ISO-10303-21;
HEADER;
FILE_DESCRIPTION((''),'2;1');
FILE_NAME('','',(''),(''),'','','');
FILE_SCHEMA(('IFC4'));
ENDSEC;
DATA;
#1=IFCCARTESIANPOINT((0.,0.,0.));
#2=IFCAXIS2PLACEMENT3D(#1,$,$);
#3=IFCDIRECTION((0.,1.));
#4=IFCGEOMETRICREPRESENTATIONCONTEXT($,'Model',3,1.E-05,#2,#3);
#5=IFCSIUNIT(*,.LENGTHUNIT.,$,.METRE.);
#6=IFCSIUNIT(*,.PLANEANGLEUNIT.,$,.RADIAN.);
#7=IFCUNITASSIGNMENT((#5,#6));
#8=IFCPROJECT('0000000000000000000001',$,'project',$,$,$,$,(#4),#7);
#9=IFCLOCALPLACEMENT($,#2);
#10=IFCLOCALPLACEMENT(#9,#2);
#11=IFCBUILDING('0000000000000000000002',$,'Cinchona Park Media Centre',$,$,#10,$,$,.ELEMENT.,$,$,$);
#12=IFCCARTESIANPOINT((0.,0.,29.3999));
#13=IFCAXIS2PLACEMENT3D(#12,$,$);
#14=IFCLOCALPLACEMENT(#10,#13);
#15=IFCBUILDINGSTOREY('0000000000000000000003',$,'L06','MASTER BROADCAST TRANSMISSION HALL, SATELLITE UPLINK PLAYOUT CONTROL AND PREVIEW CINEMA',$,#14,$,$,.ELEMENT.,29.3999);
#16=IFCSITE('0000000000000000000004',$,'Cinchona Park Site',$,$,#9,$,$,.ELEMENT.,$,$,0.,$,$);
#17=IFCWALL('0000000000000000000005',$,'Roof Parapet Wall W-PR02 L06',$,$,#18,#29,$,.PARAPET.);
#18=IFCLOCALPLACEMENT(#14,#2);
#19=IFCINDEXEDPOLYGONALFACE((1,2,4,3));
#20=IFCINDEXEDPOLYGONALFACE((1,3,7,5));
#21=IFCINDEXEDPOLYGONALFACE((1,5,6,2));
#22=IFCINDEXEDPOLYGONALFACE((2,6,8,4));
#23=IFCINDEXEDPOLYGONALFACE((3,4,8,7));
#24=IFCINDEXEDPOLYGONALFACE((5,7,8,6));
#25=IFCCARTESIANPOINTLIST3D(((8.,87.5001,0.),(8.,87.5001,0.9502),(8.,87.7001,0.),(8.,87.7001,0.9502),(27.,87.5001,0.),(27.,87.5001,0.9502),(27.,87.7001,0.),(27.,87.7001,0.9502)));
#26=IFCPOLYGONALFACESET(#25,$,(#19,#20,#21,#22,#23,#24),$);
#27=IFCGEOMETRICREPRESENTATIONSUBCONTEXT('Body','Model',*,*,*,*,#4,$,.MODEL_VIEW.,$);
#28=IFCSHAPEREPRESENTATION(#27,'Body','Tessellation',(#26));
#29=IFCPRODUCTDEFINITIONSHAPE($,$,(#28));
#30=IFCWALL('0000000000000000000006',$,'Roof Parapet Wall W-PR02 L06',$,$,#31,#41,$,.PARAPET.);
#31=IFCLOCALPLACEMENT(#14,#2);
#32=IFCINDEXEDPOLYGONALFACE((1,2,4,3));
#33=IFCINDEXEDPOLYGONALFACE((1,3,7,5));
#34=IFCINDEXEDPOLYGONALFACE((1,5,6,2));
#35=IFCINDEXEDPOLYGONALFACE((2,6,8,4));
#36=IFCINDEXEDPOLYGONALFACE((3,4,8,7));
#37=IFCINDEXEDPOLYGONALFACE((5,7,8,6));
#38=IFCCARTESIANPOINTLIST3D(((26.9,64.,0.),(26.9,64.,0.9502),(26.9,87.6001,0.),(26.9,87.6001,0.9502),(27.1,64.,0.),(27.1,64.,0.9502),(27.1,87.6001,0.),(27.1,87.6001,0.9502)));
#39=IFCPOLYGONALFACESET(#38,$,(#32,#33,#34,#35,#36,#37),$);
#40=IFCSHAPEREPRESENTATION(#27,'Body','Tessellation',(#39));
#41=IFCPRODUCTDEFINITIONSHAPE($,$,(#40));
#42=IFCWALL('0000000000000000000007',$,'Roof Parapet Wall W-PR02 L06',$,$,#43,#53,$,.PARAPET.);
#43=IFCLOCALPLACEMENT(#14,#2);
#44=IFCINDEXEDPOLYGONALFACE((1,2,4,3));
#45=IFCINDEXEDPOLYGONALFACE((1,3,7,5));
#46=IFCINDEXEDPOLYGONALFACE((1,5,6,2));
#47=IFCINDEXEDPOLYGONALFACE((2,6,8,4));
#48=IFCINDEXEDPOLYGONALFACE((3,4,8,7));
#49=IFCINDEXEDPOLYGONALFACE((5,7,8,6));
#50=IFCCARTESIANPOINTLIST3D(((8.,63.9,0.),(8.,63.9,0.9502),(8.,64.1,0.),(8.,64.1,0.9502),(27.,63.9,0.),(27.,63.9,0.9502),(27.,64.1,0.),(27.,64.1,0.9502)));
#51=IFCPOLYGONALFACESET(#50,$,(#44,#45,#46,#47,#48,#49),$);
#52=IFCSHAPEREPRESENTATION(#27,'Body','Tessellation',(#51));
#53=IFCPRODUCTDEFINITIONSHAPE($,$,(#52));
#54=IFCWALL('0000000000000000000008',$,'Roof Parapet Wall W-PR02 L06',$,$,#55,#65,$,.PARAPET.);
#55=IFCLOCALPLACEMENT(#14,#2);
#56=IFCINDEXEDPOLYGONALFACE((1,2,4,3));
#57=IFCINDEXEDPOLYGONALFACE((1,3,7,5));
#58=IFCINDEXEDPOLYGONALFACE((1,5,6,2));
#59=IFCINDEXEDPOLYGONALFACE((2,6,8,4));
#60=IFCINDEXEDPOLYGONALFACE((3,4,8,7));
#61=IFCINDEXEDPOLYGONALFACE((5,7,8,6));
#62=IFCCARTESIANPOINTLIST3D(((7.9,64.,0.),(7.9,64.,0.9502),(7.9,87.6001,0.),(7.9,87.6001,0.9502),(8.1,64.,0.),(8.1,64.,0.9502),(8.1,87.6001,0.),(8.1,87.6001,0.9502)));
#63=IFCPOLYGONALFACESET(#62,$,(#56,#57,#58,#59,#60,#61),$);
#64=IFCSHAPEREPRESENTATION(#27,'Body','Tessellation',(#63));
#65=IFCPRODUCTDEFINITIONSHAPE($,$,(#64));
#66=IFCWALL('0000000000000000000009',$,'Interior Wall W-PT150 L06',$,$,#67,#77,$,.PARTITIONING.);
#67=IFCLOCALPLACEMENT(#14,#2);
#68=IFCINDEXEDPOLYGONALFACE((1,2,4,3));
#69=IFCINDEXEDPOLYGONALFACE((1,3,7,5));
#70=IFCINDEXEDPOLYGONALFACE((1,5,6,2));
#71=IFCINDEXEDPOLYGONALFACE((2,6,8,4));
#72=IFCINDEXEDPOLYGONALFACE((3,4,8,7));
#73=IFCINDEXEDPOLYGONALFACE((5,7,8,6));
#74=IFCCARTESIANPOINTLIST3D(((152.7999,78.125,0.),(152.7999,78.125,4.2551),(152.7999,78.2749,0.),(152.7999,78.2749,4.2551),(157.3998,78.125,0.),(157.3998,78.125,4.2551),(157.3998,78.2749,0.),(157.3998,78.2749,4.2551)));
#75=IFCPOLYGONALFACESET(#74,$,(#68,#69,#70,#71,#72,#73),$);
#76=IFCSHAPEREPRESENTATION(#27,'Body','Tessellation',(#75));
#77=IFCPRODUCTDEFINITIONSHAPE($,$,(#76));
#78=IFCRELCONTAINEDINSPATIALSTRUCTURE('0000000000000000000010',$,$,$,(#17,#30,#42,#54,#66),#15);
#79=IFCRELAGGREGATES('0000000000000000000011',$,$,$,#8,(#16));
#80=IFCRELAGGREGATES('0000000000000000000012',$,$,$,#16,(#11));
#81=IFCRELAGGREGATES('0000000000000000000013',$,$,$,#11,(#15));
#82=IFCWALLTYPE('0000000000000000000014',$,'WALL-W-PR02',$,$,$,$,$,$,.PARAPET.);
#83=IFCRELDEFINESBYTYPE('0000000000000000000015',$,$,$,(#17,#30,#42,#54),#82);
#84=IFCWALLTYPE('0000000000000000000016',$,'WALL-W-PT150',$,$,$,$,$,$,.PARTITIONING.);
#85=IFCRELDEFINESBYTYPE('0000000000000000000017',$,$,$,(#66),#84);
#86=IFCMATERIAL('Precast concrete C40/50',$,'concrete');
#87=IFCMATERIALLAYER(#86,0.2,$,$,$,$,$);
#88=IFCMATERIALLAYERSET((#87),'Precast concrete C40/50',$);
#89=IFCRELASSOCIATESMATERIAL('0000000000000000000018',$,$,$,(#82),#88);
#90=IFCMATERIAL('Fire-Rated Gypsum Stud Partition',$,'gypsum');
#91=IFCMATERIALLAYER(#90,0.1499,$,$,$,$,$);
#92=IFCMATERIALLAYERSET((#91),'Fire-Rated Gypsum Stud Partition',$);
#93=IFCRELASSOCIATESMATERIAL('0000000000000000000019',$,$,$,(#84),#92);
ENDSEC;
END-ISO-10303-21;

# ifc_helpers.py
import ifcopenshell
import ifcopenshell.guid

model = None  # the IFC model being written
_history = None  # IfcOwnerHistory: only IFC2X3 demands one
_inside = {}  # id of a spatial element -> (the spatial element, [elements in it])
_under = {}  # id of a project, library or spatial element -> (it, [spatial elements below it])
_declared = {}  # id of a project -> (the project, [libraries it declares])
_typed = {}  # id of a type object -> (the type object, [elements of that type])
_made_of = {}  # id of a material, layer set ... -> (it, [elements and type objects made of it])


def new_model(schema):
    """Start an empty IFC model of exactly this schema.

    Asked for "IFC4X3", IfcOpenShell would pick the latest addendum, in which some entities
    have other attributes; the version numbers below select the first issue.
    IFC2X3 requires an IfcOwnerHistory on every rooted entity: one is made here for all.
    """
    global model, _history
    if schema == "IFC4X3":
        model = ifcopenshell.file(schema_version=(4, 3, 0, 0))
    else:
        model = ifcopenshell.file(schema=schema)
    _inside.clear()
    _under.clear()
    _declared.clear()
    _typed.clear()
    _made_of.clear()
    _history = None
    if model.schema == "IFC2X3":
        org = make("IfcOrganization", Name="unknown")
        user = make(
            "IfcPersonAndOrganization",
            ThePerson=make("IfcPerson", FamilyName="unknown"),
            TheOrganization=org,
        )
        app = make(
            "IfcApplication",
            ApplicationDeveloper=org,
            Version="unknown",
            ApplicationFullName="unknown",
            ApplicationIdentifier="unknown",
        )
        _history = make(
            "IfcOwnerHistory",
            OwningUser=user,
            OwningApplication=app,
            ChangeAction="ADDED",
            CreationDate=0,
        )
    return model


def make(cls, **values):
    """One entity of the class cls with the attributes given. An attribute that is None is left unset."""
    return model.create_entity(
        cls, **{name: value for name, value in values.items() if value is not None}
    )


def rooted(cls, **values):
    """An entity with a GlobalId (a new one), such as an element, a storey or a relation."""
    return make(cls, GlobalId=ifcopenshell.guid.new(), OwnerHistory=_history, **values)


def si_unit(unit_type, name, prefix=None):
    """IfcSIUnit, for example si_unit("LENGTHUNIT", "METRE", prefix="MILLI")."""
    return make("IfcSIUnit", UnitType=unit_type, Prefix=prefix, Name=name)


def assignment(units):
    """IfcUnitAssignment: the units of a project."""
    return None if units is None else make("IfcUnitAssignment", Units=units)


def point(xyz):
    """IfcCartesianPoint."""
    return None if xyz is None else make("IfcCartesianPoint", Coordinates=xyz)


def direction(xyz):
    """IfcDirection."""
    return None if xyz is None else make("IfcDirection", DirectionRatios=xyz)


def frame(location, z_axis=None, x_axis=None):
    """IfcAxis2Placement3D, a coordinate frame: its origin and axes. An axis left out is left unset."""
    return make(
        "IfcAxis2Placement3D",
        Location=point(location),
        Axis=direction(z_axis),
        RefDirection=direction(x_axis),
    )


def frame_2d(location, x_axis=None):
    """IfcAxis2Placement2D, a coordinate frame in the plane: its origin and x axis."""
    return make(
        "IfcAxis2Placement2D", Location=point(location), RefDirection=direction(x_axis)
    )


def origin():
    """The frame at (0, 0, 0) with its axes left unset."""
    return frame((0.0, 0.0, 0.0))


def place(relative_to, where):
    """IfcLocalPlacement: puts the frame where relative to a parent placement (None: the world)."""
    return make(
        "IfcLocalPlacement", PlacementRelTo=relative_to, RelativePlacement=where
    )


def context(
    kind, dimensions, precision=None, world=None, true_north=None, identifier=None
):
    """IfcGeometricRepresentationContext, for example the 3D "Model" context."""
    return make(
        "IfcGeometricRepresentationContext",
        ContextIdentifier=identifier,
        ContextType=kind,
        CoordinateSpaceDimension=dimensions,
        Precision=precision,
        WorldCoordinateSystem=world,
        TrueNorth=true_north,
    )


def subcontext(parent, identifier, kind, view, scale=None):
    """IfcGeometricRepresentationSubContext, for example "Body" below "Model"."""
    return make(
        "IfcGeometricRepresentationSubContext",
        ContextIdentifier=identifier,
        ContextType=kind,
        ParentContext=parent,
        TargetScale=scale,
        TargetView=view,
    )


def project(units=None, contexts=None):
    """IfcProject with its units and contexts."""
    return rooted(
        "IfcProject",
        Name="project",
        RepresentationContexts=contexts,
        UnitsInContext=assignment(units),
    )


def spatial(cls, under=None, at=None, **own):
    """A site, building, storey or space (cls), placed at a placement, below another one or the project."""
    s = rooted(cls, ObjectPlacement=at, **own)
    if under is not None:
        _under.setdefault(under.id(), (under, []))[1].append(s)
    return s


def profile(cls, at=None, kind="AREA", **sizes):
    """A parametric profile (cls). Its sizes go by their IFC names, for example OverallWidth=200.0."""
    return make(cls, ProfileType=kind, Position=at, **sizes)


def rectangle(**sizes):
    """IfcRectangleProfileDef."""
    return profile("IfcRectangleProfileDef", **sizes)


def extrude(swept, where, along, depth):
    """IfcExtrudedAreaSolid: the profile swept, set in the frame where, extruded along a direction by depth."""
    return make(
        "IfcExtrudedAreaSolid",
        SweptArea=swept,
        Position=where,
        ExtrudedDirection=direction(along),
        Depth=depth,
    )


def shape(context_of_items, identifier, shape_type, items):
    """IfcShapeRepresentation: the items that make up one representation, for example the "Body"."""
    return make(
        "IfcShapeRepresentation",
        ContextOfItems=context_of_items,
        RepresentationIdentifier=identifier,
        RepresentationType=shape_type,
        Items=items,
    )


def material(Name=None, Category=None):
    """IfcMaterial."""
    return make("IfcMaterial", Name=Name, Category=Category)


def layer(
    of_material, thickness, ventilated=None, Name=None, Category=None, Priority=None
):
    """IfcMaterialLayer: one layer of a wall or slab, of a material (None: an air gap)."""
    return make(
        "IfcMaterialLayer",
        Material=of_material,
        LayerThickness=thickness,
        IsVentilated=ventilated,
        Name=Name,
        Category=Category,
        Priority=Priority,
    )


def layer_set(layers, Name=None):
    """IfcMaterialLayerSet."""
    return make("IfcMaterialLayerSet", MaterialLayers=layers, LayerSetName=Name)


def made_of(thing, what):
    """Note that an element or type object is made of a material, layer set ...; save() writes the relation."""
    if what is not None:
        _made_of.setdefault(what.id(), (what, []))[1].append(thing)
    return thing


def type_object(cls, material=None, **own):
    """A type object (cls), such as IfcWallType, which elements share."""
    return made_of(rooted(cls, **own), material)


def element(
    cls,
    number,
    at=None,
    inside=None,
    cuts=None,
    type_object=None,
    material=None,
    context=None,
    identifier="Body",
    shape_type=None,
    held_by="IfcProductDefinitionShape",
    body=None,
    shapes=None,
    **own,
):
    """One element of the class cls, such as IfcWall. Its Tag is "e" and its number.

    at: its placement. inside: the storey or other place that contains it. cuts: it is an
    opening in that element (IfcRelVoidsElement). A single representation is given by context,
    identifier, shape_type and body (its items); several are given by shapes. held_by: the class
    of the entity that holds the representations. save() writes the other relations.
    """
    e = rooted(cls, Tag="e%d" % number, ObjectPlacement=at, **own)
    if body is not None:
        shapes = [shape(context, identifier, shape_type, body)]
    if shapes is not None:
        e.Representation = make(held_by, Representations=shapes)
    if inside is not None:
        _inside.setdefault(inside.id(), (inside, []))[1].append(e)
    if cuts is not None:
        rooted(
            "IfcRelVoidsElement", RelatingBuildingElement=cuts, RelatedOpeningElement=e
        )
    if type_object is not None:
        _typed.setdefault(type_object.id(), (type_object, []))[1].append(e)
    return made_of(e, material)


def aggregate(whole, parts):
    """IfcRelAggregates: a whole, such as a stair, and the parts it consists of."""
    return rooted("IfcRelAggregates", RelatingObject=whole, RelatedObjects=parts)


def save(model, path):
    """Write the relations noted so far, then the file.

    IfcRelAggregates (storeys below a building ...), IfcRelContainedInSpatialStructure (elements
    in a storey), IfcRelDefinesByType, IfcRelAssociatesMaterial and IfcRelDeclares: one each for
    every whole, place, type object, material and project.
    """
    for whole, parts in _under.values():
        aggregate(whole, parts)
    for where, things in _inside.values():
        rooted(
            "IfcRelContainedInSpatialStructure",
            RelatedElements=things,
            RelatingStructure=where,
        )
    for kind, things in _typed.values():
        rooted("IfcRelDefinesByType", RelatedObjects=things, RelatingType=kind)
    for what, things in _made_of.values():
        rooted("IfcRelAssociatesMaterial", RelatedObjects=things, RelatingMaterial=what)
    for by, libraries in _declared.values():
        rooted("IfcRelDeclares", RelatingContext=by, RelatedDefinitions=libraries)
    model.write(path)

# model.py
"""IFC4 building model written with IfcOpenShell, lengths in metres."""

from ifc_helpers import new_model, si_unit, direction, frame, frame_2d, origin, place, context, subcontext, project, spatial, rectangle, extrude, material, layer, layer_set, type_object, element, save


model = new_model("IFC4")

# Units and contexts
model_context = context("Model", 3, precision=1e-05, world=origin(), true_north=direction((0.0, 1.0)))
body_context = subcontext(model_context, "Body", "Model", "MODEL_VIEW")
ifc_project = project(units=[si_unit("LENGTHUNIT", "METRE"), si_unit("PLANEANGLEUNIT", "RADIAN")], contexts=[model_context])

# Site, building, storey
site_placement = place(None, origin())
site = spatial("IfcSite", under=ifc_project, at=site_placement, Name="Cinchona Park Site", CompositionType="ELEMENT", RefElevation=0.0)
building_placement = place(site_placement, origin())
building = spatial("IfcBuilding", under=site, at=building_placement, Name="Cinchona Park Media Centre", CompositionType="ELEMENT")
storey_placement = place(building_placement, frame((0.0, 0.0, 29.3999)))
storey = spatial("IfcBuildingStorey", under=building, at=storey_placement, Name="L06", Description="MASTER BROADCAST TRANSMISSION HALL, SATELLITE UPLINK PLAYOUT CONTROL AND PREVIEW CINEMA", CompositionType="ELEMENT", Elevation=29.3999)

# Walls
ifc_material_1 = material(Name="Precast concrete C40/50", Category="concrete")
ifc_layer_1 = layer(ifc_material_1, 0.2)
ifc_layer_set_1 = layer_set([ifc_layer_1], Name="Precast concrete C40/50")
wall_type_1 = type_object("IfcWallType", Name="WALL-W-PR02", PredefinedType="PARAPET", material=ifc_layer_set_1)
wall_1_placement = place(storey_placement, frame((8.0, 87.6001, 0.0), z_axis=(0.0, 0.0, 1.0), x_axis=(1.0, 0.0, 0.0)))
element("IfcWall", 1, at=wall_1_placement, inside=storey, type_object=wall_type_1, Name="Roof Parapet Wall W-PR02 L06", PredefinedType="PARAPET", context=body_context, shape_type="SweptSolid", body=[
    extrude(rectangle(XDim=19.0, YDim=0.2, at=frame_2d((9.5, 0.0))), origin(), (0.0, 0.0, 1.0), 0.9502),
])
wall_2_placement = place(storey_placement, frame((27.0, 87.6001, 0.0), z_axis=(0.0, 0.0, 1.0), x_axis=(0.0, -1.0, 0.0)))
element("IfcWall", 2, at=wall_2_placement, inside=storey, type_object=wall_type_1, Name="Roof Parapet Wall W-PR02 L06", PredefinedType="PARAPET", context=body_context, shape_type="SweptSolid", body=[
    extrude(rectangle(XDim=23.6001, YDim=0.2, at=frame_2d((11.8, 0.0))), origin(), (0.0, 0.0, 1.0), 0.9502),
])
wall_3_placement = place(storey_placement, frame((27.0, 64.0, 0.0), z_axis=(0.0, 0.0, 1.0), x_axis=(-1.0, 0.0, 0.0)))
element("IfcWall", 3, at=wall_3_placement, inside=storey, type_object=wall_type_1, Name="Roof Parapet Wall W-PR02 L06", PredefinedType="PARAPET", context=body_context, shape_type="SweptSolid", body=[
    extrude(rectangle(XDim=19.0, YDim=0.2, at=frame_2d((9.5, 0.0))), origin(), (0.0, 0.0, 1.0), 0.9502),
])
wall_4_placement = place(storey_placement, frame((8.0, 64.0, 0.0), z_axis=(0.0, 0.0, 1.0), x_axis=(0.0, 1.0, 0.0)))
element("IfcWall", 4, at=wall_4_placement, inside=storey, type_object=wall_type_1, Name="Roof Parapet Wall W-PR02 L06", PredefinedType="PARAPET", context=body_context, shape_type="SweptSolid", body=[
    extrude(rectangle(XDim=23.6001, YDim=0.2, at=frame_2d((11.8, 0.0))), origin(), (0.0, 0.0, 1.0), 0.9502),
])
ifc_material_2 = material(Name="Fire-Rated Gypsum Stud Partition", Category="gypsum")
ifc_layer_2 = layer(ifc_material_2, 0.1499)
ifc_layer_set_2 = layer_set([ifc_layer_2], Name="Fire-Rated Gypsum Stud Partition")
wall_type_2 = type_object("IfcWallType", Name="WALL-W-PT150", PredefinedType="PARTITIONING", material=ifc_layer_set_2)
wall_5_placement = place(storey_placement, frame((152.8, 78.2, 0.0), z_axis=(0.0, 0.0, 1.0), x_axis=(1.0, 0.0, 0.0)))
element("IfcWall", 5, at=wall_5_placement, inside=storey, type_object=wall_type_2, Name="Interior Wall W-PT150 L06", PredefinedType="PARTITIONING", context=body_context, shape_type="SweptSolid", body=[
    extrude(rectangle(XDim=4.5999, YDim=0.1499, at=frame_2d((2.2998, 0.0))), origin(), (0.0, 0.0, 1.0), 4.2551),
])

save(model, "model.ifc")
